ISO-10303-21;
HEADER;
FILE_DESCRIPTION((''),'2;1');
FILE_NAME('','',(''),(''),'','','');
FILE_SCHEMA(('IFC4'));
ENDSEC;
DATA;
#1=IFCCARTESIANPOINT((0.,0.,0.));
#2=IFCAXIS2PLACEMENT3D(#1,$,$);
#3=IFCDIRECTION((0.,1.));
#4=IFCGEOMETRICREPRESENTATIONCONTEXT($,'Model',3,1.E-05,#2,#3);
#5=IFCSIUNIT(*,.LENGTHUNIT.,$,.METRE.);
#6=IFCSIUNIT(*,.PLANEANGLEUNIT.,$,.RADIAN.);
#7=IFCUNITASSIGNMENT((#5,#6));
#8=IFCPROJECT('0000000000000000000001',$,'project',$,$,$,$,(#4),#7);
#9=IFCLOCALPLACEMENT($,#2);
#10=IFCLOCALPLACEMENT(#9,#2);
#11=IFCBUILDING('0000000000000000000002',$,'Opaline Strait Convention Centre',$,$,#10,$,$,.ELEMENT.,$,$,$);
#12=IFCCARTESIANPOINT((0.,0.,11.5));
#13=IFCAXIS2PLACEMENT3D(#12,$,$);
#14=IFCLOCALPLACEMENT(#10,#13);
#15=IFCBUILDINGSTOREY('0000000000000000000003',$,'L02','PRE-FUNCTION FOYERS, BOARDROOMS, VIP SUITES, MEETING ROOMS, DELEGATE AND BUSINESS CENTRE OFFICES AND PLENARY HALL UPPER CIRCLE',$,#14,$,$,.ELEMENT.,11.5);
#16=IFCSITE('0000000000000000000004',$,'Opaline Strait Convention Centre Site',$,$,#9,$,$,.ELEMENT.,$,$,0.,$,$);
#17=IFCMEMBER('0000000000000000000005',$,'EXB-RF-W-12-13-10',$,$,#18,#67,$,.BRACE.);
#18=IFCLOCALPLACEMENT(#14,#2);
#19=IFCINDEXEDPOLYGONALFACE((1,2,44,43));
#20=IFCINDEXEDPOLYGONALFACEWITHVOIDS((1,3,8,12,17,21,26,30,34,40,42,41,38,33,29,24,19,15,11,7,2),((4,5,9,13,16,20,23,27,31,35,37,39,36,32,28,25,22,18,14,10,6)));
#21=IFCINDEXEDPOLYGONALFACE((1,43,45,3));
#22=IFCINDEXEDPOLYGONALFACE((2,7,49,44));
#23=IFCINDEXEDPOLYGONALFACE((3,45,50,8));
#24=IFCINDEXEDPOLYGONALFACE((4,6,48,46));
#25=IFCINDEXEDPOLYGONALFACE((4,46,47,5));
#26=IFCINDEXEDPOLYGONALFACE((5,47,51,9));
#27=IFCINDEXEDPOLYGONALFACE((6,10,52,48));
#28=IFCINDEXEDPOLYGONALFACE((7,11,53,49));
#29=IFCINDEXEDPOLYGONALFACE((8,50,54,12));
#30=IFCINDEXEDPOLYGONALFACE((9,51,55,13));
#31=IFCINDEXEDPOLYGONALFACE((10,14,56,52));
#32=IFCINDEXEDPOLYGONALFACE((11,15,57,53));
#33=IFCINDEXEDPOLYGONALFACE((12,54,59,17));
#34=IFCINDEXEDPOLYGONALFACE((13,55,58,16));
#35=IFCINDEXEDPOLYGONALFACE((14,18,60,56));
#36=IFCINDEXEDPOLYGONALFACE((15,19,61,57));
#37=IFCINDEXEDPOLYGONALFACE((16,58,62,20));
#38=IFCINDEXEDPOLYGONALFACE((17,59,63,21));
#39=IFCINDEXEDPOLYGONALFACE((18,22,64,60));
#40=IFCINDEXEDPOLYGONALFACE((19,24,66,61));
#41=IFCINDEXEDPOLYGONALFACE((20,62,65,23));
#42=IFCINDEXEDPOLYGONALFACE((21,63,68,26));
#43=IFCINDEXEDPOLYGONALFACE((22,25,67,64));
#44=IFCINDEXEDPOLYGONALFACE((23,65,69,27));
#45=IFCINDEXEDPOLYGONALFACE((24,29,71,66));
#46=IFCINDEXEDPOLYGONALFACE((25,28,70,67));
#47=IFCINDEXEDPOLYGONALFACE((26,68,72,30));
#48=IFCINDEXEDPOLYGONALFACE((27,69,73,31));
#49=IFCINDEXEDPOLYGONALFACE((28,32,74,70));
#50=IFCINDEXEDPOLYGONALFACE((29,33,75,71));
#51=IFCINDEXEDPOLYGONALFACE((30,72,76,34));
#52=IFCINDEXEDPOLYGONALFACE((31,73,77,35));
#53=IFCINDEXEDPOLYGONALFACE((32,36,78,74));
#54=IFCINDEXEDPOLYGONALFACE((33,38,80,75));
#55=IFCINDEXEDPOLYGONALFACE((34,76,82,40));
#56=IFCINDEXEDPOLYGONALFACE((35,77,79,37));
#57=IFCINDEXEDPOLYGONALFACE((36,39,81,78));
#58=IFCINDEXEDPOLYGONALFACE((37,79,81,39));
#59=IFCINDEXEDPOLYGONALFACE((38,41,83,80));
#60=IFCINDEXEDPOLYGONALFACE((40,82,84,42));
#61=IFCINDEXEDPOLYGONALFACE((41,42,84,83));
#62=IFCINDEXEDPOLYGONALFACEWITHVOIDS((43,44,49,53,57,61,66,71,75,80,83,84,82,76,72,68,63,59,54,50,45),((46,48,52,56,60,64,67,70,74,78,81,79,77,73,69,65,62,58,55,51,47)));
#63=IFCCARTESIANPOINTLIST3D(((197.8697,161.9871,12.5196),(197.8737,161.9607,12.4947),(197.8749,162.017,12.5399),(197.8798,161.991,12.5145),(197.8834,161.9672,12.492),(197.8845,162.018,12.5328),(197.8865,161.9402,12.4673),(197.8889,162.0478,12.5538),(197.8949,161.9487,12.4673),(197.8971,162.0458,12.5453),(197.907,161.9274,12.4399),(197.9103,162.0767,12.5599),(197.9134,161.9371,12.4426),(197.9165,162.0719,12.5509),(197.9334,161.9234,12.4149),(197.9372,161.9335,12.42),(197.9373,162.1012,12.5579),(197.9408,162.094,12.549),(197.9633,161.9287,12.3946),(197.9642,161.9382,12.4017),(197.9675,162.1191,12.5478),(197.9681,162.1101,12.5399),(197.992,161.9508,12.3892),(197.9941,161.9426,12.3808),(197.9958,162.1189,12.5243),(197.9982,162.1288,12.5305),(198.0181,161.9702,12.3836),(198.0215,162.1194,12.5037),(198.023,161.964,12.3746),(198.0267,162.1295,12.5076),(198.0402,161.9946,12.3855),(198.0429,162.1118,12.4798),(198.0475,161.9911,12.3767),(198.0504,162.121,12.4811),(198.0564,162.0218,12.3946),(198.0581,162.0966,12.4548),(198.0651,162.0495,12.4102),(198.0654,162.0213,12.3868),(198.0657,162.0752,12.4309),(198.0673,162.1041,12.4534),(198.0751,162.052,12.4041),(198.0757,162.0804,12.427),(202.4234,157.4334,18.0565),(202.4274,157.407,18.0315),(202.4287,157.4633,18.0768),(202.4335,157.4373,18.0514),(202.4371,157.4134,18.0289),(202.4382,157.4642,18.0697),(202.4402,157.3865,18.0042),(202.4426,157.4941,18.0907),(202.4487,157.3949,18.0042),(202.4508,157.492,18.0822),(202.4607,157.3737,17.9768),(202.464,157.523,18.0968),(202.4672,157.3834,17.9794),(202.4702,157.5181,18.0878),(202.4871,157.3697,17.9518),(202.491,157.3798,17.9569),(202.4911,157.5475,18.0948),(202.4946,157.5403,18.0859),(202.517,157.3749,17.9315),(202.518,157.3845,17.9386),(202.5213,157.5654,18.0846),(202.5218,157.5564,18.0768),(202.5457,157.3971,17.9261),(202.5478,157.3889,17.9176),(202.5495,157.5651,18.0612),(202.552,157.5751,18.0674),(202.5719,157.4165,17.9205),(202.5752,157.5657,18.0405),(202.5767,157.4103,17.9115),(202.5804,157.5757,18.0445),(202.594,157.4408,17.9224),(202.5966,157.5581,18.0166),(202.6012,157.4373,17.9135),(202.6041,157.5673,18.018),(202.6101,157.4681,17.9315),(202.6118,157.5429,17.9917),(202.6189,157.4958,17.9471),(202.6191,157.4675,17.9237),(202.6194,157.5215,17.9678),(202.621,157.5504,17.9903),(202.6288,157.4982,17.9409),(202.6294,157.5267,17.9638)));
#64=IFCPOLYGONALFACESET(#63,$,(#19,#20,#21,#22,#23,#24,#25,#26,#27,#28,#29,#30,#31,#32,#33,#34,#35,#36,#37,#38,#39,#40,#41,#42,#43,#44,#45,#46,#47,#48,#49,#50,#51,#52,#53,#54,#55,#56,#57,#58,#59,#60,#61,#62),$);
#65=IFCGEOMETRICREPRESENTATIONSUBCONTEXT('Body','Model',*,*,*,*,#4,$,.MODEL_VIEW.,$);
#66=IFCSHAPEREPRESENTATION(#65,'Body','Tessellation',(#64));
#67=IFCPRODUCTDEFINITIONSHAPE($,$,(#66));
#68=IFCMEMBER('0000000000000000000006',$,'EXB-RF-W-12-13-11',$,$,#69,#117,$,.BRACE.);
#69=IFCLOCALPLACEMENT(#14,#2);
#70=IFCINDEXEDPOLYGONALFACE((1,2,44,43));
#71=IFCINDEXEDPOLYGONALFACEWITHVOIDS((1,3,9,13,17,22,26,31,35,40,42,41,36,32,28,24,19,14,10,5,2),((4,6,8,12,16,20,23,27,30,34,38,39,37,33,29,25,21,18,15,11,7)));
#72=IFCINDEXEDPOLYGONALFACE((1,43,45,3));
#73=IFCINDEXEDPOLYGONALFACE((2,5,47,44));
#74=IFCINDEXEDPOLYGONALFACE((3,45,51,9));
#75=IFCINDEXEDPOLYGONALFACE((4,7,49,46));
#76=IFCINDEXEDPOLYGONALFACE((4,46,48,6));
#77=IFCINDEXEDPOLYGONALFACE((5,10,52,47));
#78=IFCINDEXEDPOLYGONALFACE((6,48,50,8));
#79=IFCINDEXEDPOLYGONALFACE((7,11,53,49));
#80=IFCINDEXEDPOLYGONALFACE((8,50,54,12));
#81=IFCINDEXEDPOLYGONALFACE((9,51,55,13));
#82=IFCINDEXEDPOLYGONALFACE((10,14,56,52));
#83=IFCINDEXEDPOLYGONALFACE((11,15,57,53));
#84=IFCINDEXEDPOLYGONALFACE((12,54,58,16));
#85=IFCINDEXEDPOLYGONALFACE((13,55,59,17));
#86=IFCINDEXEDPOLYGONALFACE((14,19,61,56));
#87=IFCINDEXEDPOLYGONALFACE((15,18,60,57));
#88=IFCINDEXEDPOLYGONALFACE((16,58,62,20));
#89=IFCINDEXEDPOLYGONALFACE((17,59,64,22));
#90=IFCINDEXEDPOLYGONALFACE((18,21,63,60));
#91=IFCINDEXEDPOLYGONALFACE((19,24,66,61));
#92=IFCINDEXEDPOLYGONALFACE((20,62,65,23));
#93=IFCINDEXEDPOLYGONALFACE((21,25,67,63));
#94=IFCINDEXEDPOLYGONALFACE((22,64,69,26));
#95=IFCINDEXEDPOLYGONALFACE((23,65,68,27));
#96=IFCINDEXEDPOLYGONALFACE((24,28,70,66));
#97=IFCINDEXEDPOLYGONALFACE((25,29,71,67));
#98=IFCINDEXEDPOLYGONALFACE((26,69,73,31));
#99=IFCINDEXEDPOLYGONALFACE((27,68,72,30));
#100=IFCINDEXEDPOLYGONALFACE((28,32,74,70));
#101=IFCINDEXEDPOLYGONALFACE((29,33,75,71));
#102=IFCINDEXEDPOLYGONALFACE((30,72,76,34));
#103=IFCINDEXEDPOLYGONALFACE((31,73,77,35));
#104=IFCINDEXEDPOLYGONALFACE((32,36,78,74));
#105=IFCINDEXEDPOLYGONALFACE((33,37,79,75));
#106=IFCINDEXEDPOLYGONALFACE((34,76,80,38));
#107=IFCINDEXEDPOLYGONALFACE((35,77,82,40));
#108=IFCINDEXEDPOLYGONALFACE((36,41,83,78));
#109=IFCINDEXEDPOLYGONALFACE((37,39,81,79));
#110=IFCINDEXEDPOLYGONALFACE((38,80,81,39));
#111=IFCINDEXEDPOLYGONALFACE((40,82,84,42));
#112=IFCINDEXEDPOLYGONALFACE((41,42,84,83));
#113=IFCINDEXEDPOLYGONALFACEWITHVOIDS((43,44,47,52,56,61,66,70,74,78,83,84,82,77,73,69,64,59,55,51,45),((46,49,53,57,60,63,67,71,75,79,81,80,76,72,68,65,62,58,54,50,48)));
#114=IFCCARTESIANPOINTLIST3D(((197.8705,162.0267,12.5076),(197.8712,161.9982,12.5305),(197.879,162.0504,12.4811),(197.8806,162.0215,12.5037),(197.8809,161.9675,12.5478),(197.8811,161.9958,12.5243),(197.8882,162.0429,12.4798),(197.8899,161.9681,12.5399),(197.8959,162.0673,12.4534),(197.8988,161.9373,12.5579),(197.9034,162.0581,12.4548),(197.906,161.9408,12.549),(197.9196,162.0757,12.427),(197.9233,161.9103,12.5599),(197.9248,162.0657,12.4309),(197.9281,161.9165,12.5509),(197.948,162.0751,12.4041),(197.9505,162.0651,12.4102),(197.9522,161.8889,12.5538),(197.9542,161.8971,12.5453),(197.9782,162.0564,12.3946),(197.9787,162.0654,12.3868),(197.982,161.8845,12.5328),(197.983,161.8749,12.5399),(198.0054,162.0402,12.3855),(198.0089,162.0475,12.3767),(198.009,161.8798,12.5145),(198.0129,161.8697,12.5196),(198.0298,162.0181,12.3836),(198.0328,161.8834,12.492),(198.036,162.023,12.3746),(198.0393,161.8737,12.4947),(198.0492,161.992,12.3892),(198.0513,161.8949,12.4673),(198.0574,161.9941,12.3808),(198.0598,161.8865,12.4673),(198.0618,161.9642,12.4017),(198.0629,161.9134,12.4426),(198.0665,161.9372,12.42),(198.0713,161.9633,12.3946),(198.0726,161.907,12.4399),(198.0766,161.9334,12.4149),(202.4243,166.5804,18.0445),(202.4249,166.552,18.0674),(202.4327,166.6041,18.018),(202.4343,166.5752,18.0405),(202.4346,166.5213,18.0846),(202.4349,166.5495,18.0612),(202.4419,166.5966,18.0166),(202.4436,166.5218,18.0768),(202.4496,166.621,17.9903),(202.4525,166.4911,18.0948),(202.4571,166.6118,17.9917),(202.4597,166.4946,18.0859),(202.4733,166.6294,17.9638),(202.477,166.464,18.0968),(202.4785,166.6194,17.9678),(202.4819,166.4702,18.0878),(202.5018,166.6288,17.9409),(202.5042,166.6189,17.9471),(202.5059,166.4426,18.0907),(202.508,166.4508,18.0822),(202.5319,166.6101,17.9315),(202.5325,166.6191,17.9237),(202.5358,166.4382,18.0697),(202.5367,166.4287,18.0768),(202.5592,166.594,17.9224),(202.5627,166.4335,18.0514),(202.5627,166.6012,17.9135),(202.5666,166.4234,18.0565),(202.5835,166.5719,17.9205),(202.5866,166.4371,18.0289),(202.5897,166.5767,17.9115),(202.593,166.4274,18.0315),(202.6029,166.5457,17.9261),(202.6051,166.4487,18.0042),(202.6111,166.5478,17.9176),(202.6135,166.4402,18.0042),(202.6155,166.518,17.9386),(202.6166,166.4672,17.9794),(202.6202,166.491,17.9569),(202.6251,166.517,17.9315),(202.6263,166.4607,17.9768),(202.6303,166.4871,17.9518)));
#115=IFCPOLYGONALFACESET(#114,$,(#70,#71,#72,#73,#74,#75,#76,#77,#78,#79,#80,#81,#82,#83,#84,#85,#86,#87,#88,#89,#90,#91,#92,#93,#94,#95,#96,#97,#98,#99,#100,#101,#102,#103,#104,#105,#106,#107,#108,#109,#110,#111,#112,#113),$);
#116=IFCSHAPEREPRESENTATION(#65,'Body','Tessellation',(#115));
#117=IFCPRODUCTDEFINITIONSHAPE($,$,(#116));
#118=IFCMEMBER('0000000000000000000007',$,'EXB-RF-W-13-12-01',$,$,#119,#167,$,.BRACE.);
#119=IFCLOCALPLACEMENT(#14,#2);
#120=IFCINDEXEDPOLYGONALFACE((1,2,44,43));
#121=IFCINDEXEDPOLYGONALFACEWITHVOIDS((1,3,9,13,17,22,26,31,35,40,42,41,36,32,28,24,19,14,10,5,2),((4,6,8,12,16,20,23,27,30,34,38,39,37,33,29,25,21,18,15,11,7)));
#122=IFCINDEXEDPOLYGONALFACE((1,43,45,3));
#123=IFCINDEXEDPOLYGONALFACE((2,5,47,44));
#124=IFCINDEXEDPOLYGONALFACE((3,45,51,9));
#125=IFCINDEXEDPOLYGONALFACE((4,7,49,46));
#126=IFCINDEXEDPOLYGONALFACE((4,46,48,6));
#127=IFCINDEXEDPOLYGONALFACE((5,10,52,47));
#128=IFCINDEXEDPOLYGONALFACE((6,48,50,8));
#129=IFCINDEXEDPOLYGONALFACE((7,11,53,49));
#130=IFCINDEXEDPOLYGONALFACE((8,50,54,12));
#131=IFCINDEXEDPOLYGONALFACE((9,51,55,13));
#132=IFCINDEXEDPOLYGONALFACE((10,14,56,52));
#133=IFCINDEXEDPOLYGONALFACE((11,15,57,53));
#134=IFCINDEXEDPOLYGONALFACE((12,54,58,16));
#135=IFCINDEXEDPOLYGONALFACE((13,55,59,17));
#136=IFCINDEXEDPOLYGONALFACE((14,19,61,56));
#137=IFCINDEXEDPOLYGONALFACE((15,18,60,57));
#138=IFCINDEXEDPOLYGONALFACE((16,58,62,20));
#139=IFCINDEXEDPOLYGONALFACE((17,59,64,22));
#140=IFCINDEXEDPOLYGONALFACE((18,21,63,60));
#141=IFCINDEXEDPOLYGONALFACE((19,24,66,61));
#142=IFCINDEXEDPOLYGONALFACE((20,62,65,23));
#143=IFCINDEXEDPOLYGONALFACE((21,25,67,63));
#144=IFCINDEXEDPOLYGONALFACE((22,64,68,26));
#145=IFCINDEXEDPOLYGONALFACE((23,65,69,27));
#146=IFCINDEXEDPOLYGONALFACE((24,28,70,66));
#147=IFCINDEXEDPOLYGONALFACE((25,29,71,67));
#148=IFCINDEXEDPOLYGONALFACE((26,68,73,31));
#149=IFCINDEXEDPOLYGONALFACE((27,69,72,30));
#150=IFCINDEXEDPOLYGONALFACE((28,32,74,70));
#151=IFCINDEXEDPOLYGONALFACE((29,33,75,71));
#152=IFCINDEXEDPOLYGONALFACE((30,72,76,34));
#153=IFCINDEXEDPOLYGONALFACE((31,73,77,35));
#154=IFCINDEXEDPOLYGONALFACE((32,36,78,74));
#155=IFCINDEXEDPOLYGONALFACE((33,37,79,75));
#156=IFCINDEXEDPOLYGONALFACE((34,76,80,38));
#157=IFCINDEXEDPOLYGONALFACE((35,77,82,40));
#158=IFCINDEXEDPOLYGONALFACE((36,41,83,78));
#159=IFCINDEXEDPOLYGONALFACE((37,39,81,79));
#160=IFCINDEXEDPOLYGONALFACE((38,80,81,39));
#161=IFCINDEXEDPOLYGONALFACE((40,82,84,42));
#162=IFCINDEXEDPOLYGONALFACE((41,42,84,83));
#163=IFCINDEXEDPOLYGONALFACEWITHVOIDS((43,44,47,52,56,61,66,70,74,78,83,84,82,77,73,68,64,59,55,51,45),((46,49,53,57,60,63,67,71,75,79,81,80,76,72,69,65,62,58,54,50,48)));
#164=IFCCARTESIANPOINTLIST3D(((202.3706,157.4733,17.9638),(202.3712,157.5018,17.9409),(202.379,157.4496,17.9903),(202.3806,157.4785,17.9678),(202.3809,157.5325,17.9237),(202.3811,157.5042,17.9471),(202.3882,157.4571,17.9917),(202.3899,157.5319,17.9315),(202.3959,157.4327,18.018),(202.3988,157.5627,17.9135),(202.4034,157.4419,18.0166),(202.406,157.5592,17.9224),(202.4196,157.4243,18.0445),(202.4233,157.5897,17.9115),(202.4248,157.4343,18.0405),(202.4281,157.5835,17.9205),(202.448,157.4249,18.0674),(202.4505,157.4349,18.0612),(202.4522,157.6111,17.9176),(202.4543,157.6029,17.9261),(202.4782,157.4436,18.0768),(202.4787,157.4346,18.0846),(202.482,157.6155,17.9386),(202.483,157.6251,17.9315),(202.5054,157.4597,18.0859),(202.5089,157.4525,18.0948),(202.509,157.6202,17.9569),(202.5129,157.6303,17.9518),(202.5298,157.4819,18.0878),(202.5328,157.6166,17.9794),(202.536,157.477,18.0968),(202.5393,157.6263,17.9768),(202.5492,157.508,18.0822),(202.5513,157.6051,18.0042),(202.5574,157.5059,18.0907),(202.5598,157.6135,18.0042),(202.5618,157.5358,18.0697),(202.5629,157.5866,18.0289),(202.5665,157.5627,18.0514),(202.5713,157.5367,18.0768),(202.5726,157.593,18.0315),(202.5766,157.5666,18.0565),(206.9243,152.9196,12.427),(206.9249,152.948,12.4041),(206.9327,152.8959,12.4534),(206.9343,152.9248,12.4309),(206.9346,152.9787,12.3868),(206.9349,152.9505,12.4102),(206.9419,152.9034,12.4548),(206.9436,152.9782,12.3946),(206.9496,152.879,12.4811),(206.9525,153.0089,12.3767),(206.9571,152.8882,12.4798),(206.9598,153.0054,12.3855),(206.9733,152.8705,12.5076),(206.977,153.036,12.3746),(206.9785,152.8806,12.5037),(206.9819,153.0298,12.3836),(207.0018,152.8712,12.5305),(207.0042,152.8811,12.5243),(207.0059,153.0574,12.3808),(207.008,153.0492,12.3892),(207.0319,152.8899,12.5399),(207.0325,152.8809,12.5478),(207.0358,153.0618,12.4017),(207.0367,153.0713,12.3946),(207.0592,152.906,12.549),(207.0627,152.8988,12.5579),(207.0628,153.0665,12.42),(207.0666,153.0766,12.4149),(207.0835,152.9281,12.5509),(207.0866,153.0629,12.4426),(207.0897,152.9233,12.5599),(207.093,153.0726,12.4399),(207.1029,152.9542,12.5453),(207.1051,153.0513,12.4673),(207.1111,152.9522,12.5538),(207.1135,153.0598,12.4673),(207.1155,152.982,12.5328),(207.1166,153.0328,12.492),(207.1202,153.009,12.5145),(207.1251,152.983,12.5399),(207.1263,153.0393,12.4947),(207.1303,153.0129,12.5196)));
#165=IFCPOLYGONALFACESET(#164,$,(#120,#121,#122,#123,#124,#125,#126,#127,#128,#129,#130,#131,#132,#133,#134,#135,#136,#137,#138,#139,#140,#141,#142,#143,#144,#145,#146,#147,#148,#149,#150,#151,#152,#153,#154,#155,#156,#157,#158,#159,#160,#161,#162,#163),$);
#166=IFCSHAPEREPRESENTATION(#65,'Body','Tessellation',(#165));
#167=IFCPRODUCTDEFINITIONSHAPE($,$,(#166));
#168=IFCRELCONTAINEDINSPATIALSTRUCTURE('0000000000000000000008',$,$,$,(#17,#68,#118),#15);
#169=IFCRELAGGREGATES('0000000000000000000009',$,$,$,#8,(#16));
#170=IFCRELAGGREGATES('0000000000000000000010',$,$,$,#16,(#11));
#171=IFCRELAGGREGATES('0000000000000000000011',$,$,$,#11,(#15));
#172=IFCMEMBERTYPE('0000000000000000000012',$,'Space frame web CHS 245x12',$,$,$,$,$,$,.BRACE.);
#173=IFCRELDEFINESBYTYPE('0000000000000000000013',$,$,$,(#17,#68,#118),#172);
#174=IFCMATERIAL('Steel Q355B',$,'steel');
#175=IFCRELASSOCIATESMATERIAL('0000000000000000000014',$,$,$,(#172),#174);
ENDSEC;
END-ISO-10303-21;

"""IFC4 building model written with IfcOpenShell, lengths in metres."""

from ifc_helpers import new_model, si_unit, direction, frame, origin, origin_2d, place, context, subcontext, project, spatial, hollow_circle, extrude, material, material_profile, profile_set, type_object, element, save


model = new_model("IFC4")

# Units and contexts
model_context = context("Model", 3, precision=1e-05, world=origin(), true_north=direction((0.0, 1.0)))
body_context = subcontext(model_context, "Body", "Model", "MODEL_VIEW")
ifc_project = project(units=[si_unit("LENGTHUNIT", "METRE"), si_unit("PLANEANGLEUNIT", "RADIAN")], contexts=[model_context])

# Site, building, storey
site_placement = place(None, origin())
site = spatial("IfcSite", under=ifc_project, at=site_placement, Name="Opaline Strait Convention Centre Site", CompositionType="ELEMENT", RefElevation=0.0)
building_placement = place(site_placement, origin())
building = spatial("IfcBuilding", under=site, at=building_placement, Name="Opaline Strait Convention Centre", CompositionType="ELEMENT")
storey_placement = place(building_placement, frame((0.0, 0.0, 11.5)))
storey = spatial("IfcBuildingStorey", under=building, at=storey_placement, Name="L02", Description="PRE-FUNCTION FOYERS, BOARDROOMS, VIP SUITES, MEETING ROOMS, DELEGATE AND BUSINESS CENTRE OFFICES AND PLENARY HALL UPPER CIRCLE", CompositionType="ELEMENT", Elevation=11.5)

# Members
ifc_material_1 = material(Name="Steel Q355B", Category="steel")
ifc_material_profile_1 = material_profile(ifc_material_1, hollow_circle(Radius=0.1226, WallThickness=0.012, at=origin_2d()), Name="CHS 245x12")
ifc_profile_set_1 = profile_set([ifc_material_profile_1], Name="Steel Q355B")
member_type_1 = type_object("IfcMemberType", Name="Space frame web CHS 245x12", PredefinedType="BRACE", material=ifc_profile_set_1)
for number, where, z_axis, x_axis, name in (
    (1, (202.5269, 157.4731, 18.0042), (-0.536178, 0.536178, -0.65194), (-0.707107, -0.707107, 0.0), "EXB-RF-W-12-13-10"),
    (2, (202.5269, 166.5269, 18.0042), (-0.536178, -0.536178, -0.65194), (0.707107, -0.707107, 0.0), "EXB-RF-W-12-13-11"),
    (3, (202.4731, 157.5269, 18.0042), (0.536178, -0.536178, -0.65194), (0.707107, 0.707107, 0.0), "EXB-RF-W-13-12-01"),
):
    element("IfcMember", number, at=place(storey_placement, frame(where, z_axis=z_axis, x_axis=x_axis)), inside=storey, type_object=member_type_1, Name=name, PredefinedType="BRACE", context=body_context, shape_type="SweptSolid", body=[
        extrude(hollow_circle(Radius=0.1226, WallThickness=0.012, at=origin_2d()), origin(), (0.0, 0.0, 1.0), 8.4929),
    ])

save(model, "model.ifc")
